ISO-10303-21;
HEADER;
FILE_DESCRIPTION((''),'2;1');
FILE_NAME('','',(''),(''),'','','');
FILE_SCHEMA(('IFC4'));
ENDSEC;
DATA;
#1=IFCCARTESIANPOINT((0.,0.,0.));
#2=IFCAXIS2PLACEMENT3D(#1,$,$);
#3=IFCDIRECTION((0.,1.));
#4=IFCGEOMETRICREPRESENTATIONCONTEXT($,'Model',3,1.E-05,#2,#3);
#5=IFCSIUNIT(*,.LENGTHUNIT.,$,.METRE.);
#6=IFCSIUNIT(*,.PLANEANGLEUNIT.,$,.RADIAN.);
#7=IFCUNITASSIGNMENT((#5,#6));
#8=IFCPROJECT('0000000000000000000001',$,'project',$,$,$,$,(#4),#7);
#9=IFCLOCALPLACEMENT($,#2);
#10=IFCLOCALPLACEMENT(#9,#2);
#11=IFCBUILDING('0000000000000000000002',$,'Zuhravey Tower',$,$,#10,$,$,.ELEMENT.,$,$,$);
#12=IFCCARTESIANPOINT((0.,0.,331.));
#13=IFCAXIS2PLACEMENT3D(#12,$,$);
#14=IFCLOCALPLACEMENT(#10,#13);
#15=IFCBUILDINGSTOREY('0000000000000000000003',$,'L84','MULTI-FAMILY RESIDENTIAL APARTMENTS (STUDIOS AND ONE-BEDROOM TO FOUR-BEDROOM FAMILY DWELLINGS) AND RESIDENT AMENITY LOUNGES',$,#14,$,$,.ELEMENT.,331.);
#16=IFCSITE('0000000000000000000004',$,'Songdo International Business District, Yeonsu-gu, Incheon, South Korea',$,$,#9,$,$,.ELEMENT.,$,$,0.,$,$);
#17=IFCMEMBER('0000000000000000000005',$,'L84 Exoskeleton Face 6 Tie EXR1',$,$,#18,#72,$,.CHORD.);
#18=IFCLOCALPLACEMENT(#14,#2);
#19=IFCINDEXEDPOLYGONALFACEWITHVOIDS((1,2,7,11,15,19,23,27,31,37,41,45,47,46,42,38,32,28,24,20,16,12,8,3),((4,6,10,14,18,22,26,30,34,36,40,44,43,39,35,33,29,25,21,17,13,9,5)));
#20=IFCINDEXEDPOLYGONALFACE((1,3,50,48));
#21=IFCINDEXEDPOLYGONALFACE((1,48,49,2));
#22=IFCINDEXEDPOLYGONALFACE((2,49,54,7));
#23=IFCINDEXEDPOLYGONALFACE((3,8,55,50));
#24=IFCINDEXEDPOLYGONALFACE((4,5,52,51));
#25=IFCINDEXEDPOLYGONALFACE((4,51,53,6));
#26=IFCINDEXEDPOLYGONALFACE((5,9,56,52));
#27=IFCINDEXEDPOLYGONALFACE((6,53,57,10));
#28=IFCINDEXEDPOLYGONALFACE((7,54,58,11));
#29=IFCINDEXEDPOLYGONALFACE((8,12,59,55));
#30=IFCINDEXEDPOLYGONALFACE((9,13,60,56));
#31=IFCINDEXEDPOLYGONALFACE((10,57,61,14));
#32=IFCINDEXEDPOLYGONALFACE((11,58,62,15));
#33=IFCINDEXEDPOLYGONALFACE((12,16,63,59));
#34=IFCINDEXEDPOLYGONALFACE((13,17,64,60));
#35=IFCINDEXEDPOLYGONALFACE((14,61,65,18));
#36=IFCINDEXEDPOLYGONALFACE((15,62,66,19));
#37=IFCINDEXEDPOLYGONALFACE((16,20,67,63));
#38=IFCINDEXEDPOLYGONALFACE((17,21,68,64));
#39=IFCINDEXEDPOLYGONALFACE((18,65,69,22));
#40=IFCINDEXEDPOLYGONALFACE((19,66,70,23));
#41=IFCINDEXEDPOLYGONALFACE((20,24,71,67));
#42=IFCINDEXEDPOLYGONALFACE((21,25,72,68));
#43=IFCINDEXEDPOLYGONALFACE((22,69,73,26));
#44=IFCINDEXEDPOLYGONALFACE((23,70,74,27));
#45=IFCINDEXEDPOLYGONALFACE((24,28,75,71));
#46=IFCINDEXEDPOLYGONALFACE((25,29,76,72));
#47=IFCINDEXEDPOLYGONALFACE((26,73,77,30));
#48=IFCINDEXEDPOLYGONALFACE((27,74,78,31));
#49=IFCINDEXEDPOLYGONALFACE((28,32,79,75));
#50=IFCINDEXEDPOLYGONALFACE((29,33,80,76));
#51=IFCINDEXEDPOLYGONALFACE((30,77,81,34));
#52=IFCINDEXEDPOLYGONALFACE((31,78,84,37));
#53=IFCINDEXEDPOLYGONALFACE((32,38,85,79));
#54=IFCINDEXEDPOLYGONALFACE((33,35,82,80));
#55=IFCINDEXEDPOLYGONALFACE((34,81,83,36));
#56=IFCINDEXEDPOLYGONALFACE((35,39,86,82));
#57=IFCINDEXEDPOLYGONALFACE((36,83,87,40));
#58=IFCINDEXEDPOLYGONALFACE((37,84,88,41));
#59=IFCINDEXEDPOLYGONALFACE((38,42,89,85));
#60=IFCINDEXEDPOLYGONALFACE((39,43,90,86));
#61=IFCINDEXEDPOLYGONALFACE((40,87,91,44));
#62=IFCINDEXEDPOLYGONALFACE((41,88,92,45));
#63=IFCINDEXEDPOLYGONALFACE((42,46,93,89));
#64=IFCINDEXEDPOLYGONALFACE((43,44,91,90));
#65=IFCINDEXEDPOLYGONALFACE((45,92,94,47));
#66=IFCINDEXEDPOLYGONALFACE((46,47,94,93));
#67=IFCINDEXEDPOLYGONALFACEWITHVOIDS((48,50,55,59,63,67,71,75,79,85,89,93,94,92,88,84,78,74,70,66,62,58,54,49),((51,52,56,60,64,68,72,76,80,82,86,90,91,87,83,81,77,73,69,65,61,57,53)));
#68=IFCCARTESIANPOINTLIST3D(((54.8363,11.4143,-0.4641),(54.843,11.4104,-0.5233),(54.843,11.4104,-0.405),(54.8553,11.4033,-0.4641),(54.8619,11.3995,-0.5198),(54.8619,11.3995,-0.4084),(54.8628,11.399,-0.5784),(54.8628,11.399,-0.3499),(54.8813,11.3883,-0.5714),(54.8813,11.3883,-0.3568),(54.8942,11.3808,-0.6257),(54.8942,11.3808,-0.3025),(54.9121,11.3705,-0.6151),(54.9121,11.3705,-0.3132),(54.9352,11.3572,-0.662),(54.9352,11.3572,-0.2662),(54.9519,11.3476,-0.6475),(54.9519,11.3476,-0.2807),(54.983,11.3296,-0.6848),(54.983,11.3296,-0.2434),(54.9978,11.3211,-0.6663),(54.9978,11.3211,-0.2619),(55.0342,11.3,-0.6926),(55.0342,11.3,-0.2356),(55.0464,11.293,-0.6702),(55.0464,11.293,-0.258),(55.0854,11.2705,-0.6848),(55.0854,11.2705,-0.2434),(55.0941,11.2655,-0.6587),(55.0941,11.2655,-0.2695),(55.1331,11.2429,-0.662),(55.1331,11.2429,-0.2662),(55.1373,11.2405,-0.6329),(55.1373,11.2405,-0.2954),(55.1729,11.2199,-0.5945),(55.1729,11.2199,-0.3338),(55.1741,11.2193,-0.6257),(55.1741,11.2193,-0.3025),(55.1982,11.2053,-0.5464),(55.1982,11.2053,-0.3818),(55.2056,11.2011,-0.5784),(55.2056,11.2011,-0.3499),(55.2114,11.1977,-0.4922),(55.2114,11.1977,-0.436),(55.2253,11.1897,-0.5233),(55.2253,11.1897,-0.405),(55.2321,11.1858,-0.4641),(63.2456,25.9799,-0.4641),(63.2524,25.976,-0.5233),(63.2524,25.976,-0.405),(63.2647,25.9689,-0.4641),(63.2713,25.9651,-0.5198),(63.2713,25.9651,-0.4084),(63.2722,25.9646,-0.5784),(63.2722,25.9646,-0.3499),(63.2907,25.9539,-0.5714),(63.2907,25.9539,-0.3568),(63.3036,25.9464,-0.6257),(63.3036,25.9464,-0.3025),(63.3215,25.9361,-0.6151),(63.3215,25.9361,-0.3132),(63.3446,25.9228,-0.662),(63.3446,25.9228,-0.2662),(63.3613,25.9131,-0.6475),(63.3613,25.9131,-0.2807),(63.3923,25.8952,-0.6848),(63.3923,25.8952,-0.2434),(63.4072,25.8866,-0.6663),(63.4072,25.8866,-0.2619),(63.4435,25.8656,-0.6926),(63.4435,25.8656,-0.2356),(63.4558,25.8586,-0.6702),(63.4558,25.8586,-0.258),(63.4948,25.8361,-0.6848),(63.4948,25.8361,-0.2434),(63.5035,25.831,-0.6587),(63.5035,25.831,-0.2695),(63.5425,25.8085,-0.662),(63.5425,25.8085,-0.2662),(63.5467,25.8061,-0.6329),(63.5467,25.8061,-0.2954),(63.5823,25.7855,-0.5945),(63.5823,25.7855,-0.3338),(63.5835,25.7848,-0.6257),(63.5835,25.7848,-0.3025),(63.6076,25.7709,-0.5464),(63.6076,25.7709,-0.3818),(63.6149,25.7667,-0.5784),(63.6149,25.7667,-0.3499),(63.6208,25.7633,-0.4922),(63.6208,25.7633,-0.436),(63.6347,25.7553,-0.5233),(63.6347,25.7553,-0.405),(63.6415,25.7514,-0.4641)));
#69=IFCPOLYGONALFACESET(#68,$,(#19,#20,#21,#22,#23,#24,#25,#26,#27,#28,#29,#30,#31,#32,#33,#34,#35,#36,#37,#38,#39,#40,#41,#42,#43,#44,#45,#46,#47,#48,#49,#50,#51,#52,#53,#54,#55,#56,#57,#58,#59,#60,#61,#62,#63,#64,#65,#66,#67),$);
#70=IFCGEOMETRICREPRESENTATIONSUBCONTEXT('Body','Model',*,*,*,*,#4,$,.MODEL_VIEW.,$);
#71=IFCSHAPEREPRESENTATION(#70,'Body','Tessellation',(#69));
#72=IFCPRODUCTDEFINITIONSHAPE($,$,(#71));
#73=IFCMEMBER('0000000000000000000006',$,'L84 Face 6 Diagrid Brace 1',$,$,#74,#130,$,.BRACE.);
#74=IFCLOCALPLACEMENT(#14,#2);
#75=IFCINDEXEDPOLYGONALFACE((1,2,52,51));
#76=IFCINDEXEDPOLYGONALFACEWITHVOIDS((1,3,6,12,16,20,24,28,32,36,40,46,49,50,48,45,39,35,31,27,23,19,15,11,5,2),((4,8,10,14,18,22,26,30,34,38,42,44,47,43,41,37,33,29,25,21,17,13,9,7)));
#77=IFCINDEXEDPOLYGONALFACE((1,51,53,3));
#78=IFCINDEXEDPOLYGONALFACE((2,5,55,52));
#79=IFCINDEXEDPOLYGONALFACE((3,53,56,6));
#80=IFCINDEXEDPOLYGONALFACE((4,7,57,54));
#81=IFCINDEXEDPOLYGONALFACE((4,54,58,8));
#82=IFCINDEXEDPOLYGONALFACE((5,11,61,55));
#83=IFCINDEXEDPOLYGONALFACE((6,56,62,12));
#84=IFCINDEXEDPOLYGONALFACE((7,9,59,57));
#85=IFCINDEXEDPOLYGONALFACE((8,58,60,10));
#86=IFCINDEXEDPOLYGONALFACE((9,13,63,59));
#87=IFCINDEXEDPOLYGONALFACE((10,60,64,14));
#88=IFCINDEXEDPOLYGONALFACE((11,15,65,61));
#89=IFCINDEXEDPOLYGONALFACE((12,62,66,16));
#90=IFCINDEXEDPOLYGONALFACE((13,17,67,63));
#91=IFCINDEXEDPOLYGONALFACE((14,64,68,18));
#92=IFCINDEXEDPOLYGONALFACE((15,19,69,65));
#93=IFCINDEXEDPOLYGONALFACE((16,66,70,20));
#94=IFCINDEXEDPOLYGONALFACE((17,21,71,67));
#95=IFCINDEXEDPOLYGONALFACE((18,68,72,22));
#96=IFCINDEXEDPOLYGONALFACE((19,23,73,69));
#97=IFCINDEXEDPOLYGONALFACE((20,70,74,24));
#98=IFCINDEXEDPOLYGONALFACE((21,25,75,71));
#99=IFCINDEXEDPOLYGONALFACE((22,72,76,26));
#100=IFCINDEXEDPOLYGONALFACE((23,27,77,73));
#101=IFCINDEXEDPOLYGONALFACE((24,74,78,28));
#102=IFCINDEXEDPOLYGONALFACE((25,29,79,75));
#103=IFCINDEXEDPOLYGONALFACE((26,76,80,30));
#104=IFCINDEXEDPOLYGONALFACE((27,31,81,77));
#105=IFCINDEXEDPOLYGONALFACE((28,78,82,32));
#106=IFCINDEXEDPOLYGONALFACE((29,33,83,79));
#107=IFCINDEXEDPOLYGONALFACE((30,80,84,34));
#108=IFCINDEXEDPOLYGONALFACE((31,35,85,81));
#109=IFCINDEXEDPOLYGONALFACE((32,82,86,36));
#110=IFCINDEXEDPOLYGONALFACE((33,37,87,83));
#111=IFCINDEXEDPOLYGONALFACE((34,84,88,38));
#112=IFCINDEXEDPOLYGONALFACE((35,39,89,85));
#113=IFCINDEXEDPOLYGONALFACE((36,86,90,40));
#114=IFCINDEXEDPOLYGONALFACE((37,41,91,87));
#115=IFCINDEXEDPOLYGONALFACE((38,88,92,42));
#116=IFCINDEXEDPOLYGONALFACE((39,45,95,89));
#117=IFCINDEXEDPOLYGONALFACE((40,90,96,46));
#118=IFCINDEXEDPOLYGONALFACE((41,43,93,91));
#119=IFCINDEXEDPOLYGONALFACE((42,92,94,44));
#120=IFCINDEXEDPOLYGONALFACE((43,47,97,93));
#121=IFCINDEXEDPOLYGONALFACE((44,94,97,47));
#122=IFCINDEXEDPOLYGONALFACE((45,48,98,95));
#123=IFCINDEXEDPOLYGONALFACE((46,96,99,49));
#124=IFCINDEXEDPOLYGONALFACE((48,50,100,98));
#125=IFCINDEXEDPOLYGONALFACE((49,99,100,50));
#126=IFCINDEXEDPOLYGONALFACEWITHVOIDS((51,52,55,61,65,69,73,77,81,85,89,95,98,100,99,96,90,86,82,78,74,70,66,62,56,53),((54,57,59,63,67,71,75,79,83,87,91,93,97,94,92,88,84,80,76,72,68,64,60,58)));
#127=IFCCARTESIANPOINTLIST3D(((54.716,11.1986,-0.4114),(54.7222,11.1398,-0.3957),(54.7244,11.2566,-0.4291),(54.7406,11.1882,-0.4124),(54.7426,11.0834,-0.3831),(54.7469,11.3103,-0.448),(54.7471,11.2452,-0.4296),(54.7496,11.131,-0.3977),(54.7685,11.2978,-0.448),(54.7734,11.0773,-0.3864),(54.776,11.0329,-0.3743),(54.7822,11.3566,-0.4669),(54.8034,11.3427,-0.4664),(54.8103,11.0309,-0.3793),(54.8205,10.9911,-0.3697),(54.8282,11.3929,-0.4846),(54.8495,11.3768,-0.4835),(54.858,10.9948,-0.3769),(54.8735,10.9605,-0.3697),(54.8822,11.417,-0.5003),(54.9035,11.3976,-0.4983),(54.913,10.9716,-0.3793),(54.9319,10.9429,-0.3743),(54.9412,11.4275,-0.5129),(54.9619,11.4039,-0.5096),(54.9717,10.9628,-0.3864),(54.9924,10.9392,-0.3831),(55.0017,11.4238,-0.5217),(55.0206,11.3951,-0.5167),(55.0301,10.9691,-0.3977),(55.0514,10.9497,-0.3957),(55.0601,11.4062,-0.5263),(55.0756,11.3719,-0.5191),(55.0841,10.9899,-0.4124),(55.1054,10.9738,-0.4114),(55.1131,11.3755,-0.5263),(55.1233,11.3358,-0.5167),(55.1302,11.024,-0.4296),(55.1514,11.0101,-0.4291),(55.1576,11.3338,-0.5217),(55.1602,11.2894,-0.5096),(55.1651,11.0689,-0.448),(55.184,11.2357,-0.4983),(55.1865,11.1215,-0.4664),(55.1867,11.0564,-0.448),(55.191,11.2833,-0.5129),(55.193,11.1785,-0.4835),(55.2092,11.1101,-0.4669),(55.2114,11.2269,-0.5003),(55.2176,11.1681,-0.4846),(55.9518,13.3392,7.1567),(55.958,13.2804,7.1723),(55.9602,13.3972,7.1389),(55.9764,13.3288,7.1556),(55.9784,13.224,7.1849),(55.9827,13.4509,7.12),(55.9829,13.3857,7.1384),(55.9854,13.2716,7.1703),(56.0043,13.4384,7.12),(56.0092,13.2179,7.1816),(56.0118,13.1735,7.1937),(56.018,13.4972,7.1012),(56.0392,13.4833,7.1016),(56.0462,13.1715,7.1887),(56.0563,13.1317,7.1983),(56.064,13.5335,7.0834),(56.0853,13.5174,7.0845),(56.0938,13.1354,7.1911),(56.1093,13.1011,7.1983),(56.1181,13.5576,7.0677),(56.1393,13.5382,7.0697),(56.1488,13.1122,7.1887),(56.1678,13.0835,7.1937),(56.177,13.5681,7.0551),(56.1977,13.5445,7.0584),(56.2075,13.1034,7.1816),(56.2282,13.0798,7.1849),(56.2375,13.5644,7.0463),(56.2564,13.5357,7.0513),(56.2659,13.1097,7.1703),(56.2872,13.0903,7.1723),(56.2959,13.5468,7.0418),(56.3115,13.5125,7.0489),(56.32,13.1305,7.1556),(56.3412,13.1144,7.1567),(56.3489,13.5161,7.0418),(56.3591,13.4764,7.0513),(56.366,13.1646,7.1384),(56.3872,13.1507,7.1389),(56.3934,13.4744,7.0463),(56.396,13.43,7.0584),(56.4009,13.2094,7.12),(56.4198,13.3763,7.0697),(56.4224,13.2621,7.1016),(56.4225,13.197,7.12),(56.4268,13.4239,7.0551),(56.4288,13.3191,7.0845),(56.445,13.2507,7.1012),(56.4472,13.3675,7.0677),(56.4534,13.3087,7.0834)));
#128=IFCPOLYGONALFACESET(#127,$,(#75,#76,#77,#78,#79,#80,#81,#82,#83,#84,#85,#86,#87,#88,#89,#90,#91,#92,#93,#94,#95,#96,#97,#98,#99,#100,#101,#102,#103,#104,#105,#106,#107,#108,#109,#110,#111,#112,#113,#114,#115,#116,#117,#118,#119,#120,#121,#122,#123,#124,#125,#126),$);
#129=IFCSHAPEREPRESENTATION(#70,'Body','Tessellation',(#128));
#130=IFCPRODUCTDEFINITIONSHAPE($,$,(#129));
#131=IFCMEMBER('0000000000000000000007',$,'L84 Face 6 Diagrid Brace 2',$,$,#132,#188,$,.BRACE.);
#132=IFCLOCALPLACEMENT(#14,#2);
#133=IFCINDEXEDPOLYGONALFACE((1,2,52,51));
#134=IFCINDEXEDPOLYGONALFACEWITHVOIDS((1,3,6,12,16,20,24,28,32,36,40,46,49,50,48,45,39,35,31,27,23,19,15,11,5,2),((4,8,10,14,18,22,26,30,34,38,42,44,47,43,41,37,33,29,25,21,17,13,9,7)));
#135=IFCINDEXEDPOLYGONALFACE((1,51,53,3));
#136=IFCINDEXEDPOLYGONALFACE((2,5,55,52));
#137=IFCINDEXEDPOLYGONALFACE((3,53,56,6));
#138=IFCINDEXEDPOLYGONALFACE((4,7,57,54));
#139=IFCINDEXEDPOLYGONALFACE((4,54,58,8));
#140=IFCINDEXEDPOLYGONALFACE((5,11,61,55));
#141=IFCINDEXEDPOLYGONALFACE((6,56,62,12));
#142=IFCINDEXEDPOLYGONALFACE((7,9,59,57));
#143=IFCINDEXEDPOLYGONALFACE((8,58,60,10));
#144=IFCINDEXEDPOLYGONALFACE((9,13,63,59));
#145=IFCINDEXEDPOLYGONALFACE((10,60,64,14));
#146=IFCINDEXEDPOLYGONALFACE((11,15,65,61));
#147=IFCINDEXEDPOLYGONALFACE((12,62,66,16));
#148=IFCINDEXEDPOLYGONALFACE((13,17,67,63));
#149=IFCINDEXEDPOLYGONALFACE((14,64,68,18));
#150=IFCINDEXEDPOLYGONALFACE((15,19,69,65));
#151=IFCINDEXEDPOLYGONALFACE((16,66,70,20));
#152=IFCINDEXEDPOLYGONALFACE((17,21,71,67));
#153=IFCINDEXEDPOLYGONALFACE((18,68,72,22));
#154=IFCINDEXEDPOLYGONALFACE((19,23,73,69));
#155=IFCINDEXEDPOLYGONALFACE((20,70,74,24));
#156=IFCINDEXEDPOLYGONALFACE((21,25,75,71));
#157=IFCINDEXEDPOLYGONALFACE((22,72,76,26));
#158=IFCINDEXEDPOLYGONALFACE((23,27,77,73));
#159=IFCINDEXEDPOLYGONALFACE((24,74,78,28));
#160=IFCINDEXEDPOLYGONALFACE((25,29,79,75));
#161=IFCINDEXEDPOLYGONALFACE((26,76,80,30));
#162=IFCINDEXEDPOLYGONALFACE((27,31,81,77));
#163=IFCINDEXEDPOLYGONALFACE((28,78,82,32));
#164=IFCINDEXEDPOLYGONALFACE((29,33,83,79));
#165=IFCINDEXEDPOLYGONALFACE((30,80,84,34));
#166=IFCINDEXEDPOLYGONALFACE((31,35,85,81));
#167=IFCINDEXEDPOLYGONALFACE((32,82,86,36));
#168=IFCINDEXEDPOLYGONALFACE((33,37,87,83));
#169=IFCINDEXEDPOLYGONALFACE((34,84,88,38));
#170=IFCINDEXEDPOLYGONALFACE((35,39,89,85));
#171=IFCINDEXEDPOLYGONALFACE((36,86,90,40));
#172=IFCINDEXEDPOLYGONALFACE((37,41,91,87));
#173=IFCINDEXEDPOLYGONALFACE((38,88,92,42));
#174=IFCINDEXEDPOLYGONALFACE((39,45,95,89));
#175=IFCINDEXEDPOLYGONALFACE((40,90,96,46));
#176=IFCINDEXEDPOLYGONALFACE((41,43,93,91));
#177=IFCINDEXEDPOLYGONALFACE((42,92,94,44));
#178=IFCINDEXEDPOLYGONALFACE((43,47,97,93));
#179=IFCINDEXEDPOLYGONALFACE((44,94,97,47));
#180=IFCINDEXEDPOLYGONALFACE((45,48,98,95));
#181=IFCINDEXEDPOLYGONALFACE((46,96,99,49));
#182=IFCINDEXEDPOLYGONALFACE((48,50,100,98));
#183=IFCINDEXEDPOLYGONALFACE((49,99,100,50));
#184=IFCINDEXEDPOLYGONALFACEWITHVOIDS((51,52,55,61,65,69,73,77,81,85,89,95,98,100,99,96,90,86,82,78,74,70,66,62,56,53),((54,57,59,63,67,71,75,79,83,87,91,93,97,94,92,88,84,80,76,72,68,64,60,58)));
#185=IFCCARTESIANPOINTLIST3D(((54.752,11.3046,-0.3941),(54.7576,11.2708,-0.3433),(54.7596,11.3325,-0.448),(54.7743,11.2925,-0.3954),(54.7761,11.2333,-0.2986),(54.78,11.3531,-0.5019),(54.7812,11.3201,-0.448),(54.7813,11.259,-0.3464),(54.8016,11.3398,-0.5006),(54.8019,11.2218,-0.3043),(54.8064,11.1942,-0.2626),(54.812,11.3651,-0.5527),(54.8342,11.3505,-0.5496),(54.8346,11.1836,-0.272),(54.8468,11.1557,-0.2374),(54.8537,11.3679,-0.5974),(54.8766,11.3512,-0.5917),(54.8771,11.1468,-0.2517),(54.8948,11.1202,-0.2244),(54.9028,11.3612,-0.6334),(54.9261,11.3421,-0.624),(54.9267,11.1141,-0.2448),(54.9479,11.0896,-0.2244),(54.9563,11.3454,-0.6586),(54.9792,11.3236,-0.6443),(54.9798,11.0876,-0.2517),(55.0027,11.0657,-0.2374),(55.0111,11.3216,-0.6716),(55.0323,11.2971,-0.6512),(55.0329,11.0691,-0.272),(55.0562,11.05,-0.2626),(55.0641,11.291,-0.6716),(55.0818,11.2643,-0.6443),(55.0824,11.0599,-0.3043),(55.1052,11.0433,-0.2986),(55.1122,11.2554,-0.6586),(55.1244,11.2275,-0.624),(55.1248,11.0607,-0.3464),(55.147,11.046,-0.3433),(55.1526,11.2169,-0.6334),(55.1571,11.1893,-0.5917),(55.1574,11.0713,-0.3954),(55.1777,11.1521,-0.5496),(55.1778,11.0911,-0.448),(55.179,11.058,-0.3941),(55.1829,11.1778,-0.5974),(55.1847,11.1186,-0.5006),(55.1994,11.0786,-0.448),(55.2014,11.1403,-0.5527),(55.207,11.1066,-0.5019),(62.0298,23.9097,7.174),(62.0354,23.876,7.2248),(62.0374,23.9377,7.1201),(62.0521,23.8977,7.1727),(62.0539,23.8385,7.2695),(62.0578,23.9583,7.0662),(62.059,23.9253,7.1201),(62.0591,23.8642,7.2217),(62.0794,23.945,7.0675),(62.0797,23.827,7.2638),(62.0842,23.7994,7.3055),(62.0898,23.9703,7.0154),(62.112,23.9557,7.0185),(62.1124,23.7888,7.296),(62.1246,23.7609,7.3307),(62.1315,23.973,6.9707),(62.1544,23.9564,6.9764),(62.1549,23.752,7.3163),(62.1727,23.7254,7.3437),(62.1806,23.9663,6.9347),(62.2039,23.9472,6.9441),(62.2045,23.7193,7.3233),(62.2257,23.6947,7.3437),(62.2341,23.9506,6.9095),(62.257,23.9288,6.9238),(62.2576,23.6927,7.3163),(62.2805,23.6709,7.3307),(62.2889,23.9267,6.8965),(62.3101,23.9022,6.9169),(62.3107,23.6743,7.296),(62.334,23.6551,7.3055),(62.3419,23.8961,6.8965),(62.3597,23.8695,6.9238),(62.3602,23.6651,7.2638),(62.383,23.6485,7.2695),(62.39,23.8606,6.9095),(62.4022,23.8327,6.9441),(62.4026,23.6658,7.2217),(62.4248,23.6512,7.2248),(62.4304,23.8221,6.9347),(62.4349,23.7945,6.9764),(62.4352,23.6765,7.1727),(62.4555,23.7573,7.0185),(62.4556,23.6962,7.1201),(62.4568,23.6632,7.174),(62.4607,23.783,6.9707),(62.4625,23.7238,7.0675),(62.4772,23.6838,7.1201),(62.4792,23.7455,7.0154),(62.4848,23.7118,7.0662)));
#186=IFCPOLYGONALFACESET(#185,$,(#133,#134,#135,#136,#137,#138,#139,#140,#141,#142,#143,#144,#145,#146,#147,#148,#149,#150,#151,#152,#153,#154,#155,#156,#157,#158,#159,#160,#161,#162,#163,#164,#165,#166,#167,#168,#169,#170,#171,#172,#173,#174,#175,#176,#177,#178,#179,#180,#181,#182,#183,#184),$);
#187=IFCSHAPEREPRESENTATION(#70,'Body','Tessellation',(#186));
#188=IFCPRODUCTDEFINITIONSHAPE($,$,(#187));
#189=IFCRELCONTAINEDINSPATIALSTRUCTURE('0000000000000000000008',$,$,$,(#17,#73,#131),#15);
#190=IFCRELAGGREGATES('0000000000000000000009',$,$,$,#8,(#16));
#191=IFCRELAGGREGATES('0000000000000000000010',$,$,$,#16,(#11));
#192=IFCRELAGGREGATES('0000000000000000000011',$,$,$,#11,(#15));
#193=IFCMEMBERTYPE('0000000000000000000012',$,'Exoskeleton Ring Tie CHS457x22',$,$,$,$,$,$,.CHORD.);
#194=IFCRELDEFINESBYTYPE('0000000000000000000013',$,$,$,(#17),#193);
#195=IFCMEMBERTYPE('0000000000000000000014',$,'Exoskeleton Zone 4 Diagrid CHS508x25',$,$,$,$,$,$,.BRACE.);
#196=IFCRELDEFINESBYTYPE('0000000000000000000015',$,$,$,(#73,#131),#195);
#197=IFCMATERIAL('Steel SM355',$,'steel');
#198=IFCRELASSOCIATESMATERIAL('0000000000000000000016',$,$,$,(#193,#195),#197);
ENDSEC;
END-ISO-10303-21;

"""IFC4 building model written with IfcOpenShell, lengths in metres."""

from ifc_helpers import new_model, si_unit, direction, frame, origin, origin_2d, place, context, subcontext, project, spatial, hollow_circle, extrude, material, material_profile, profile_set, type_object, element, save


model = new_model("IFC4")

# Units and contexts
model_context = context("Model", 3, precision=1e-05, world=origin(), true_north=direction((0.0, 1.0)))
body_context = subcontext(model_context, "Body", "Model", "MODEL_VIEW")
ifc_project = project(units=[si_unit("LENGTHUNIT", "METRE"), si_unit("PLANEANGLEUNIT", "RADIAN")], contexts=[model_context])

# Site, building, storey
site_placement = place(None, origin())
site = spatial("IfcSite", under=ifc_project, at=site_placement, Name="Songdo International Business District, Yeonsu-gu, Incheon, South Korea", CompositionType="ELEMENT", RefElevation=0.0)
building_placement = place(site_placement, origin())
building = spatial("IfcBuilding", under=site, at=building_placement, Name="Zuhravey Tower", CompositionType="ELEMENT")
storey_placement = place(building_placement, frame((0.0, 0.0, 331.0)))
storey = spatial("IfcBuildingStorey", under=building, at=storey_placement, Name="L84", Description="MULTI-FAMILY RESIDENTIAL APARTMENTS (STUDIOS AND ONE-BEDROOM TO FOUR-BEDROOM FAMILY DWELLINGS) AND RESIDENT AMENITY LOUNGES", CompositionType="ELEMENT", Elevation=331.0)

# Members
ifc_material_1 = material(Name="Steel SM355", Category="steel")
ifc_material_profile_1 = material_profile(ifc_material_1, hollow_circle(Radius=0.2285, WallThickness=0.022, at=origin_2d()), Name="CHS-457.2x22")
ifc_profile_set_1 = profile_set([ifc_material_profile_1], Name="Steel SM355")
member_type_1 = type_object("IfcMemberType", Name="Exoskeleton Ring Tie CHS457x22", PredefinedType="CHORD", material=ifc_profile_set_1)
member_1_placement = place(storey_placement, frame((55.0342, 11.3, -0.4641), z_axis=(0.499997, 0.866027, 0.0), x_axis=(-0.866027, 0.499997, 0.0)))
element("IfcMember", 1, at=member_1_placement, inside=storey, type_object=member_type_1, Name="L84 Exoskeleton Face 6 Tie EXR1", PredefinedType="CHORD", context=body_context, shape_type="SweptSolid", body=[
    extrude(hollow_circle(Radius=0.2285, WallThickness=0.022, at=origin_2d()), origin(), (0.0, 0.0, 1.0), 16.8188),
])
ifc_material_profile_2 = material_profile(ifc_material_1, hollow_circle(Radius=0.2539, WallThickness=0.0249, at=origin_2d()), Name="CHS-508.0x25")
ifc_profile_set_2 = profile_set([ifc_material_profile_2], Name="Steel SM355")
member_type_2 = type_object("IfcMemberType", Name="Exoskeleton Zone 4 Diagrid CHS508x25", PredefinedType="BRACE", material=ifc_profile_set_2)
member_2_placement = place(storey_placement, frame((54.9668, 11.1833, -0.448), z_axis=(0.155226, 0.268871, 0.950586), x_axis=(-0.866034, 0.499985, 0.0)))
element("IfcMember", 2, at=member_2_placement, inside=storey, type_object=member_type_2, Name="L84 Face 6 Diagrid Brace 1", PredefinedType="BRACE", context=body_context, shape_type="SweptSolid", body=[
    extrude(hollow_circle(Radius=0.2539, WallThickness=0.0249, at=origin_2d()), origin(), (0.0, 0.0, 1.0), 7.9614),
])
member_3_placement = place(storey_placement, frame((54.9795, 11.2056, -0.448), z_axis=(0.443626, 0.768361, 0.46132), x_axis=(-0.866019, 0.50001, 0.0)))
element("IfcMember", 3, at=member_3_placement, inside=storey, type_object=member_type_2, Name="L84 Face 6 Diagrid Brace 2", PredefinedType="BRACE", context=body_context, shape_type="SweptSolid", body=[
    extrude(hollow_circle(Radius=0.2539, WallThickness=0.0249, at=origin_2d()), origin(), (0.0, 0.0, 1.0), 16.4053),
])

save(model, "model.ifc")
